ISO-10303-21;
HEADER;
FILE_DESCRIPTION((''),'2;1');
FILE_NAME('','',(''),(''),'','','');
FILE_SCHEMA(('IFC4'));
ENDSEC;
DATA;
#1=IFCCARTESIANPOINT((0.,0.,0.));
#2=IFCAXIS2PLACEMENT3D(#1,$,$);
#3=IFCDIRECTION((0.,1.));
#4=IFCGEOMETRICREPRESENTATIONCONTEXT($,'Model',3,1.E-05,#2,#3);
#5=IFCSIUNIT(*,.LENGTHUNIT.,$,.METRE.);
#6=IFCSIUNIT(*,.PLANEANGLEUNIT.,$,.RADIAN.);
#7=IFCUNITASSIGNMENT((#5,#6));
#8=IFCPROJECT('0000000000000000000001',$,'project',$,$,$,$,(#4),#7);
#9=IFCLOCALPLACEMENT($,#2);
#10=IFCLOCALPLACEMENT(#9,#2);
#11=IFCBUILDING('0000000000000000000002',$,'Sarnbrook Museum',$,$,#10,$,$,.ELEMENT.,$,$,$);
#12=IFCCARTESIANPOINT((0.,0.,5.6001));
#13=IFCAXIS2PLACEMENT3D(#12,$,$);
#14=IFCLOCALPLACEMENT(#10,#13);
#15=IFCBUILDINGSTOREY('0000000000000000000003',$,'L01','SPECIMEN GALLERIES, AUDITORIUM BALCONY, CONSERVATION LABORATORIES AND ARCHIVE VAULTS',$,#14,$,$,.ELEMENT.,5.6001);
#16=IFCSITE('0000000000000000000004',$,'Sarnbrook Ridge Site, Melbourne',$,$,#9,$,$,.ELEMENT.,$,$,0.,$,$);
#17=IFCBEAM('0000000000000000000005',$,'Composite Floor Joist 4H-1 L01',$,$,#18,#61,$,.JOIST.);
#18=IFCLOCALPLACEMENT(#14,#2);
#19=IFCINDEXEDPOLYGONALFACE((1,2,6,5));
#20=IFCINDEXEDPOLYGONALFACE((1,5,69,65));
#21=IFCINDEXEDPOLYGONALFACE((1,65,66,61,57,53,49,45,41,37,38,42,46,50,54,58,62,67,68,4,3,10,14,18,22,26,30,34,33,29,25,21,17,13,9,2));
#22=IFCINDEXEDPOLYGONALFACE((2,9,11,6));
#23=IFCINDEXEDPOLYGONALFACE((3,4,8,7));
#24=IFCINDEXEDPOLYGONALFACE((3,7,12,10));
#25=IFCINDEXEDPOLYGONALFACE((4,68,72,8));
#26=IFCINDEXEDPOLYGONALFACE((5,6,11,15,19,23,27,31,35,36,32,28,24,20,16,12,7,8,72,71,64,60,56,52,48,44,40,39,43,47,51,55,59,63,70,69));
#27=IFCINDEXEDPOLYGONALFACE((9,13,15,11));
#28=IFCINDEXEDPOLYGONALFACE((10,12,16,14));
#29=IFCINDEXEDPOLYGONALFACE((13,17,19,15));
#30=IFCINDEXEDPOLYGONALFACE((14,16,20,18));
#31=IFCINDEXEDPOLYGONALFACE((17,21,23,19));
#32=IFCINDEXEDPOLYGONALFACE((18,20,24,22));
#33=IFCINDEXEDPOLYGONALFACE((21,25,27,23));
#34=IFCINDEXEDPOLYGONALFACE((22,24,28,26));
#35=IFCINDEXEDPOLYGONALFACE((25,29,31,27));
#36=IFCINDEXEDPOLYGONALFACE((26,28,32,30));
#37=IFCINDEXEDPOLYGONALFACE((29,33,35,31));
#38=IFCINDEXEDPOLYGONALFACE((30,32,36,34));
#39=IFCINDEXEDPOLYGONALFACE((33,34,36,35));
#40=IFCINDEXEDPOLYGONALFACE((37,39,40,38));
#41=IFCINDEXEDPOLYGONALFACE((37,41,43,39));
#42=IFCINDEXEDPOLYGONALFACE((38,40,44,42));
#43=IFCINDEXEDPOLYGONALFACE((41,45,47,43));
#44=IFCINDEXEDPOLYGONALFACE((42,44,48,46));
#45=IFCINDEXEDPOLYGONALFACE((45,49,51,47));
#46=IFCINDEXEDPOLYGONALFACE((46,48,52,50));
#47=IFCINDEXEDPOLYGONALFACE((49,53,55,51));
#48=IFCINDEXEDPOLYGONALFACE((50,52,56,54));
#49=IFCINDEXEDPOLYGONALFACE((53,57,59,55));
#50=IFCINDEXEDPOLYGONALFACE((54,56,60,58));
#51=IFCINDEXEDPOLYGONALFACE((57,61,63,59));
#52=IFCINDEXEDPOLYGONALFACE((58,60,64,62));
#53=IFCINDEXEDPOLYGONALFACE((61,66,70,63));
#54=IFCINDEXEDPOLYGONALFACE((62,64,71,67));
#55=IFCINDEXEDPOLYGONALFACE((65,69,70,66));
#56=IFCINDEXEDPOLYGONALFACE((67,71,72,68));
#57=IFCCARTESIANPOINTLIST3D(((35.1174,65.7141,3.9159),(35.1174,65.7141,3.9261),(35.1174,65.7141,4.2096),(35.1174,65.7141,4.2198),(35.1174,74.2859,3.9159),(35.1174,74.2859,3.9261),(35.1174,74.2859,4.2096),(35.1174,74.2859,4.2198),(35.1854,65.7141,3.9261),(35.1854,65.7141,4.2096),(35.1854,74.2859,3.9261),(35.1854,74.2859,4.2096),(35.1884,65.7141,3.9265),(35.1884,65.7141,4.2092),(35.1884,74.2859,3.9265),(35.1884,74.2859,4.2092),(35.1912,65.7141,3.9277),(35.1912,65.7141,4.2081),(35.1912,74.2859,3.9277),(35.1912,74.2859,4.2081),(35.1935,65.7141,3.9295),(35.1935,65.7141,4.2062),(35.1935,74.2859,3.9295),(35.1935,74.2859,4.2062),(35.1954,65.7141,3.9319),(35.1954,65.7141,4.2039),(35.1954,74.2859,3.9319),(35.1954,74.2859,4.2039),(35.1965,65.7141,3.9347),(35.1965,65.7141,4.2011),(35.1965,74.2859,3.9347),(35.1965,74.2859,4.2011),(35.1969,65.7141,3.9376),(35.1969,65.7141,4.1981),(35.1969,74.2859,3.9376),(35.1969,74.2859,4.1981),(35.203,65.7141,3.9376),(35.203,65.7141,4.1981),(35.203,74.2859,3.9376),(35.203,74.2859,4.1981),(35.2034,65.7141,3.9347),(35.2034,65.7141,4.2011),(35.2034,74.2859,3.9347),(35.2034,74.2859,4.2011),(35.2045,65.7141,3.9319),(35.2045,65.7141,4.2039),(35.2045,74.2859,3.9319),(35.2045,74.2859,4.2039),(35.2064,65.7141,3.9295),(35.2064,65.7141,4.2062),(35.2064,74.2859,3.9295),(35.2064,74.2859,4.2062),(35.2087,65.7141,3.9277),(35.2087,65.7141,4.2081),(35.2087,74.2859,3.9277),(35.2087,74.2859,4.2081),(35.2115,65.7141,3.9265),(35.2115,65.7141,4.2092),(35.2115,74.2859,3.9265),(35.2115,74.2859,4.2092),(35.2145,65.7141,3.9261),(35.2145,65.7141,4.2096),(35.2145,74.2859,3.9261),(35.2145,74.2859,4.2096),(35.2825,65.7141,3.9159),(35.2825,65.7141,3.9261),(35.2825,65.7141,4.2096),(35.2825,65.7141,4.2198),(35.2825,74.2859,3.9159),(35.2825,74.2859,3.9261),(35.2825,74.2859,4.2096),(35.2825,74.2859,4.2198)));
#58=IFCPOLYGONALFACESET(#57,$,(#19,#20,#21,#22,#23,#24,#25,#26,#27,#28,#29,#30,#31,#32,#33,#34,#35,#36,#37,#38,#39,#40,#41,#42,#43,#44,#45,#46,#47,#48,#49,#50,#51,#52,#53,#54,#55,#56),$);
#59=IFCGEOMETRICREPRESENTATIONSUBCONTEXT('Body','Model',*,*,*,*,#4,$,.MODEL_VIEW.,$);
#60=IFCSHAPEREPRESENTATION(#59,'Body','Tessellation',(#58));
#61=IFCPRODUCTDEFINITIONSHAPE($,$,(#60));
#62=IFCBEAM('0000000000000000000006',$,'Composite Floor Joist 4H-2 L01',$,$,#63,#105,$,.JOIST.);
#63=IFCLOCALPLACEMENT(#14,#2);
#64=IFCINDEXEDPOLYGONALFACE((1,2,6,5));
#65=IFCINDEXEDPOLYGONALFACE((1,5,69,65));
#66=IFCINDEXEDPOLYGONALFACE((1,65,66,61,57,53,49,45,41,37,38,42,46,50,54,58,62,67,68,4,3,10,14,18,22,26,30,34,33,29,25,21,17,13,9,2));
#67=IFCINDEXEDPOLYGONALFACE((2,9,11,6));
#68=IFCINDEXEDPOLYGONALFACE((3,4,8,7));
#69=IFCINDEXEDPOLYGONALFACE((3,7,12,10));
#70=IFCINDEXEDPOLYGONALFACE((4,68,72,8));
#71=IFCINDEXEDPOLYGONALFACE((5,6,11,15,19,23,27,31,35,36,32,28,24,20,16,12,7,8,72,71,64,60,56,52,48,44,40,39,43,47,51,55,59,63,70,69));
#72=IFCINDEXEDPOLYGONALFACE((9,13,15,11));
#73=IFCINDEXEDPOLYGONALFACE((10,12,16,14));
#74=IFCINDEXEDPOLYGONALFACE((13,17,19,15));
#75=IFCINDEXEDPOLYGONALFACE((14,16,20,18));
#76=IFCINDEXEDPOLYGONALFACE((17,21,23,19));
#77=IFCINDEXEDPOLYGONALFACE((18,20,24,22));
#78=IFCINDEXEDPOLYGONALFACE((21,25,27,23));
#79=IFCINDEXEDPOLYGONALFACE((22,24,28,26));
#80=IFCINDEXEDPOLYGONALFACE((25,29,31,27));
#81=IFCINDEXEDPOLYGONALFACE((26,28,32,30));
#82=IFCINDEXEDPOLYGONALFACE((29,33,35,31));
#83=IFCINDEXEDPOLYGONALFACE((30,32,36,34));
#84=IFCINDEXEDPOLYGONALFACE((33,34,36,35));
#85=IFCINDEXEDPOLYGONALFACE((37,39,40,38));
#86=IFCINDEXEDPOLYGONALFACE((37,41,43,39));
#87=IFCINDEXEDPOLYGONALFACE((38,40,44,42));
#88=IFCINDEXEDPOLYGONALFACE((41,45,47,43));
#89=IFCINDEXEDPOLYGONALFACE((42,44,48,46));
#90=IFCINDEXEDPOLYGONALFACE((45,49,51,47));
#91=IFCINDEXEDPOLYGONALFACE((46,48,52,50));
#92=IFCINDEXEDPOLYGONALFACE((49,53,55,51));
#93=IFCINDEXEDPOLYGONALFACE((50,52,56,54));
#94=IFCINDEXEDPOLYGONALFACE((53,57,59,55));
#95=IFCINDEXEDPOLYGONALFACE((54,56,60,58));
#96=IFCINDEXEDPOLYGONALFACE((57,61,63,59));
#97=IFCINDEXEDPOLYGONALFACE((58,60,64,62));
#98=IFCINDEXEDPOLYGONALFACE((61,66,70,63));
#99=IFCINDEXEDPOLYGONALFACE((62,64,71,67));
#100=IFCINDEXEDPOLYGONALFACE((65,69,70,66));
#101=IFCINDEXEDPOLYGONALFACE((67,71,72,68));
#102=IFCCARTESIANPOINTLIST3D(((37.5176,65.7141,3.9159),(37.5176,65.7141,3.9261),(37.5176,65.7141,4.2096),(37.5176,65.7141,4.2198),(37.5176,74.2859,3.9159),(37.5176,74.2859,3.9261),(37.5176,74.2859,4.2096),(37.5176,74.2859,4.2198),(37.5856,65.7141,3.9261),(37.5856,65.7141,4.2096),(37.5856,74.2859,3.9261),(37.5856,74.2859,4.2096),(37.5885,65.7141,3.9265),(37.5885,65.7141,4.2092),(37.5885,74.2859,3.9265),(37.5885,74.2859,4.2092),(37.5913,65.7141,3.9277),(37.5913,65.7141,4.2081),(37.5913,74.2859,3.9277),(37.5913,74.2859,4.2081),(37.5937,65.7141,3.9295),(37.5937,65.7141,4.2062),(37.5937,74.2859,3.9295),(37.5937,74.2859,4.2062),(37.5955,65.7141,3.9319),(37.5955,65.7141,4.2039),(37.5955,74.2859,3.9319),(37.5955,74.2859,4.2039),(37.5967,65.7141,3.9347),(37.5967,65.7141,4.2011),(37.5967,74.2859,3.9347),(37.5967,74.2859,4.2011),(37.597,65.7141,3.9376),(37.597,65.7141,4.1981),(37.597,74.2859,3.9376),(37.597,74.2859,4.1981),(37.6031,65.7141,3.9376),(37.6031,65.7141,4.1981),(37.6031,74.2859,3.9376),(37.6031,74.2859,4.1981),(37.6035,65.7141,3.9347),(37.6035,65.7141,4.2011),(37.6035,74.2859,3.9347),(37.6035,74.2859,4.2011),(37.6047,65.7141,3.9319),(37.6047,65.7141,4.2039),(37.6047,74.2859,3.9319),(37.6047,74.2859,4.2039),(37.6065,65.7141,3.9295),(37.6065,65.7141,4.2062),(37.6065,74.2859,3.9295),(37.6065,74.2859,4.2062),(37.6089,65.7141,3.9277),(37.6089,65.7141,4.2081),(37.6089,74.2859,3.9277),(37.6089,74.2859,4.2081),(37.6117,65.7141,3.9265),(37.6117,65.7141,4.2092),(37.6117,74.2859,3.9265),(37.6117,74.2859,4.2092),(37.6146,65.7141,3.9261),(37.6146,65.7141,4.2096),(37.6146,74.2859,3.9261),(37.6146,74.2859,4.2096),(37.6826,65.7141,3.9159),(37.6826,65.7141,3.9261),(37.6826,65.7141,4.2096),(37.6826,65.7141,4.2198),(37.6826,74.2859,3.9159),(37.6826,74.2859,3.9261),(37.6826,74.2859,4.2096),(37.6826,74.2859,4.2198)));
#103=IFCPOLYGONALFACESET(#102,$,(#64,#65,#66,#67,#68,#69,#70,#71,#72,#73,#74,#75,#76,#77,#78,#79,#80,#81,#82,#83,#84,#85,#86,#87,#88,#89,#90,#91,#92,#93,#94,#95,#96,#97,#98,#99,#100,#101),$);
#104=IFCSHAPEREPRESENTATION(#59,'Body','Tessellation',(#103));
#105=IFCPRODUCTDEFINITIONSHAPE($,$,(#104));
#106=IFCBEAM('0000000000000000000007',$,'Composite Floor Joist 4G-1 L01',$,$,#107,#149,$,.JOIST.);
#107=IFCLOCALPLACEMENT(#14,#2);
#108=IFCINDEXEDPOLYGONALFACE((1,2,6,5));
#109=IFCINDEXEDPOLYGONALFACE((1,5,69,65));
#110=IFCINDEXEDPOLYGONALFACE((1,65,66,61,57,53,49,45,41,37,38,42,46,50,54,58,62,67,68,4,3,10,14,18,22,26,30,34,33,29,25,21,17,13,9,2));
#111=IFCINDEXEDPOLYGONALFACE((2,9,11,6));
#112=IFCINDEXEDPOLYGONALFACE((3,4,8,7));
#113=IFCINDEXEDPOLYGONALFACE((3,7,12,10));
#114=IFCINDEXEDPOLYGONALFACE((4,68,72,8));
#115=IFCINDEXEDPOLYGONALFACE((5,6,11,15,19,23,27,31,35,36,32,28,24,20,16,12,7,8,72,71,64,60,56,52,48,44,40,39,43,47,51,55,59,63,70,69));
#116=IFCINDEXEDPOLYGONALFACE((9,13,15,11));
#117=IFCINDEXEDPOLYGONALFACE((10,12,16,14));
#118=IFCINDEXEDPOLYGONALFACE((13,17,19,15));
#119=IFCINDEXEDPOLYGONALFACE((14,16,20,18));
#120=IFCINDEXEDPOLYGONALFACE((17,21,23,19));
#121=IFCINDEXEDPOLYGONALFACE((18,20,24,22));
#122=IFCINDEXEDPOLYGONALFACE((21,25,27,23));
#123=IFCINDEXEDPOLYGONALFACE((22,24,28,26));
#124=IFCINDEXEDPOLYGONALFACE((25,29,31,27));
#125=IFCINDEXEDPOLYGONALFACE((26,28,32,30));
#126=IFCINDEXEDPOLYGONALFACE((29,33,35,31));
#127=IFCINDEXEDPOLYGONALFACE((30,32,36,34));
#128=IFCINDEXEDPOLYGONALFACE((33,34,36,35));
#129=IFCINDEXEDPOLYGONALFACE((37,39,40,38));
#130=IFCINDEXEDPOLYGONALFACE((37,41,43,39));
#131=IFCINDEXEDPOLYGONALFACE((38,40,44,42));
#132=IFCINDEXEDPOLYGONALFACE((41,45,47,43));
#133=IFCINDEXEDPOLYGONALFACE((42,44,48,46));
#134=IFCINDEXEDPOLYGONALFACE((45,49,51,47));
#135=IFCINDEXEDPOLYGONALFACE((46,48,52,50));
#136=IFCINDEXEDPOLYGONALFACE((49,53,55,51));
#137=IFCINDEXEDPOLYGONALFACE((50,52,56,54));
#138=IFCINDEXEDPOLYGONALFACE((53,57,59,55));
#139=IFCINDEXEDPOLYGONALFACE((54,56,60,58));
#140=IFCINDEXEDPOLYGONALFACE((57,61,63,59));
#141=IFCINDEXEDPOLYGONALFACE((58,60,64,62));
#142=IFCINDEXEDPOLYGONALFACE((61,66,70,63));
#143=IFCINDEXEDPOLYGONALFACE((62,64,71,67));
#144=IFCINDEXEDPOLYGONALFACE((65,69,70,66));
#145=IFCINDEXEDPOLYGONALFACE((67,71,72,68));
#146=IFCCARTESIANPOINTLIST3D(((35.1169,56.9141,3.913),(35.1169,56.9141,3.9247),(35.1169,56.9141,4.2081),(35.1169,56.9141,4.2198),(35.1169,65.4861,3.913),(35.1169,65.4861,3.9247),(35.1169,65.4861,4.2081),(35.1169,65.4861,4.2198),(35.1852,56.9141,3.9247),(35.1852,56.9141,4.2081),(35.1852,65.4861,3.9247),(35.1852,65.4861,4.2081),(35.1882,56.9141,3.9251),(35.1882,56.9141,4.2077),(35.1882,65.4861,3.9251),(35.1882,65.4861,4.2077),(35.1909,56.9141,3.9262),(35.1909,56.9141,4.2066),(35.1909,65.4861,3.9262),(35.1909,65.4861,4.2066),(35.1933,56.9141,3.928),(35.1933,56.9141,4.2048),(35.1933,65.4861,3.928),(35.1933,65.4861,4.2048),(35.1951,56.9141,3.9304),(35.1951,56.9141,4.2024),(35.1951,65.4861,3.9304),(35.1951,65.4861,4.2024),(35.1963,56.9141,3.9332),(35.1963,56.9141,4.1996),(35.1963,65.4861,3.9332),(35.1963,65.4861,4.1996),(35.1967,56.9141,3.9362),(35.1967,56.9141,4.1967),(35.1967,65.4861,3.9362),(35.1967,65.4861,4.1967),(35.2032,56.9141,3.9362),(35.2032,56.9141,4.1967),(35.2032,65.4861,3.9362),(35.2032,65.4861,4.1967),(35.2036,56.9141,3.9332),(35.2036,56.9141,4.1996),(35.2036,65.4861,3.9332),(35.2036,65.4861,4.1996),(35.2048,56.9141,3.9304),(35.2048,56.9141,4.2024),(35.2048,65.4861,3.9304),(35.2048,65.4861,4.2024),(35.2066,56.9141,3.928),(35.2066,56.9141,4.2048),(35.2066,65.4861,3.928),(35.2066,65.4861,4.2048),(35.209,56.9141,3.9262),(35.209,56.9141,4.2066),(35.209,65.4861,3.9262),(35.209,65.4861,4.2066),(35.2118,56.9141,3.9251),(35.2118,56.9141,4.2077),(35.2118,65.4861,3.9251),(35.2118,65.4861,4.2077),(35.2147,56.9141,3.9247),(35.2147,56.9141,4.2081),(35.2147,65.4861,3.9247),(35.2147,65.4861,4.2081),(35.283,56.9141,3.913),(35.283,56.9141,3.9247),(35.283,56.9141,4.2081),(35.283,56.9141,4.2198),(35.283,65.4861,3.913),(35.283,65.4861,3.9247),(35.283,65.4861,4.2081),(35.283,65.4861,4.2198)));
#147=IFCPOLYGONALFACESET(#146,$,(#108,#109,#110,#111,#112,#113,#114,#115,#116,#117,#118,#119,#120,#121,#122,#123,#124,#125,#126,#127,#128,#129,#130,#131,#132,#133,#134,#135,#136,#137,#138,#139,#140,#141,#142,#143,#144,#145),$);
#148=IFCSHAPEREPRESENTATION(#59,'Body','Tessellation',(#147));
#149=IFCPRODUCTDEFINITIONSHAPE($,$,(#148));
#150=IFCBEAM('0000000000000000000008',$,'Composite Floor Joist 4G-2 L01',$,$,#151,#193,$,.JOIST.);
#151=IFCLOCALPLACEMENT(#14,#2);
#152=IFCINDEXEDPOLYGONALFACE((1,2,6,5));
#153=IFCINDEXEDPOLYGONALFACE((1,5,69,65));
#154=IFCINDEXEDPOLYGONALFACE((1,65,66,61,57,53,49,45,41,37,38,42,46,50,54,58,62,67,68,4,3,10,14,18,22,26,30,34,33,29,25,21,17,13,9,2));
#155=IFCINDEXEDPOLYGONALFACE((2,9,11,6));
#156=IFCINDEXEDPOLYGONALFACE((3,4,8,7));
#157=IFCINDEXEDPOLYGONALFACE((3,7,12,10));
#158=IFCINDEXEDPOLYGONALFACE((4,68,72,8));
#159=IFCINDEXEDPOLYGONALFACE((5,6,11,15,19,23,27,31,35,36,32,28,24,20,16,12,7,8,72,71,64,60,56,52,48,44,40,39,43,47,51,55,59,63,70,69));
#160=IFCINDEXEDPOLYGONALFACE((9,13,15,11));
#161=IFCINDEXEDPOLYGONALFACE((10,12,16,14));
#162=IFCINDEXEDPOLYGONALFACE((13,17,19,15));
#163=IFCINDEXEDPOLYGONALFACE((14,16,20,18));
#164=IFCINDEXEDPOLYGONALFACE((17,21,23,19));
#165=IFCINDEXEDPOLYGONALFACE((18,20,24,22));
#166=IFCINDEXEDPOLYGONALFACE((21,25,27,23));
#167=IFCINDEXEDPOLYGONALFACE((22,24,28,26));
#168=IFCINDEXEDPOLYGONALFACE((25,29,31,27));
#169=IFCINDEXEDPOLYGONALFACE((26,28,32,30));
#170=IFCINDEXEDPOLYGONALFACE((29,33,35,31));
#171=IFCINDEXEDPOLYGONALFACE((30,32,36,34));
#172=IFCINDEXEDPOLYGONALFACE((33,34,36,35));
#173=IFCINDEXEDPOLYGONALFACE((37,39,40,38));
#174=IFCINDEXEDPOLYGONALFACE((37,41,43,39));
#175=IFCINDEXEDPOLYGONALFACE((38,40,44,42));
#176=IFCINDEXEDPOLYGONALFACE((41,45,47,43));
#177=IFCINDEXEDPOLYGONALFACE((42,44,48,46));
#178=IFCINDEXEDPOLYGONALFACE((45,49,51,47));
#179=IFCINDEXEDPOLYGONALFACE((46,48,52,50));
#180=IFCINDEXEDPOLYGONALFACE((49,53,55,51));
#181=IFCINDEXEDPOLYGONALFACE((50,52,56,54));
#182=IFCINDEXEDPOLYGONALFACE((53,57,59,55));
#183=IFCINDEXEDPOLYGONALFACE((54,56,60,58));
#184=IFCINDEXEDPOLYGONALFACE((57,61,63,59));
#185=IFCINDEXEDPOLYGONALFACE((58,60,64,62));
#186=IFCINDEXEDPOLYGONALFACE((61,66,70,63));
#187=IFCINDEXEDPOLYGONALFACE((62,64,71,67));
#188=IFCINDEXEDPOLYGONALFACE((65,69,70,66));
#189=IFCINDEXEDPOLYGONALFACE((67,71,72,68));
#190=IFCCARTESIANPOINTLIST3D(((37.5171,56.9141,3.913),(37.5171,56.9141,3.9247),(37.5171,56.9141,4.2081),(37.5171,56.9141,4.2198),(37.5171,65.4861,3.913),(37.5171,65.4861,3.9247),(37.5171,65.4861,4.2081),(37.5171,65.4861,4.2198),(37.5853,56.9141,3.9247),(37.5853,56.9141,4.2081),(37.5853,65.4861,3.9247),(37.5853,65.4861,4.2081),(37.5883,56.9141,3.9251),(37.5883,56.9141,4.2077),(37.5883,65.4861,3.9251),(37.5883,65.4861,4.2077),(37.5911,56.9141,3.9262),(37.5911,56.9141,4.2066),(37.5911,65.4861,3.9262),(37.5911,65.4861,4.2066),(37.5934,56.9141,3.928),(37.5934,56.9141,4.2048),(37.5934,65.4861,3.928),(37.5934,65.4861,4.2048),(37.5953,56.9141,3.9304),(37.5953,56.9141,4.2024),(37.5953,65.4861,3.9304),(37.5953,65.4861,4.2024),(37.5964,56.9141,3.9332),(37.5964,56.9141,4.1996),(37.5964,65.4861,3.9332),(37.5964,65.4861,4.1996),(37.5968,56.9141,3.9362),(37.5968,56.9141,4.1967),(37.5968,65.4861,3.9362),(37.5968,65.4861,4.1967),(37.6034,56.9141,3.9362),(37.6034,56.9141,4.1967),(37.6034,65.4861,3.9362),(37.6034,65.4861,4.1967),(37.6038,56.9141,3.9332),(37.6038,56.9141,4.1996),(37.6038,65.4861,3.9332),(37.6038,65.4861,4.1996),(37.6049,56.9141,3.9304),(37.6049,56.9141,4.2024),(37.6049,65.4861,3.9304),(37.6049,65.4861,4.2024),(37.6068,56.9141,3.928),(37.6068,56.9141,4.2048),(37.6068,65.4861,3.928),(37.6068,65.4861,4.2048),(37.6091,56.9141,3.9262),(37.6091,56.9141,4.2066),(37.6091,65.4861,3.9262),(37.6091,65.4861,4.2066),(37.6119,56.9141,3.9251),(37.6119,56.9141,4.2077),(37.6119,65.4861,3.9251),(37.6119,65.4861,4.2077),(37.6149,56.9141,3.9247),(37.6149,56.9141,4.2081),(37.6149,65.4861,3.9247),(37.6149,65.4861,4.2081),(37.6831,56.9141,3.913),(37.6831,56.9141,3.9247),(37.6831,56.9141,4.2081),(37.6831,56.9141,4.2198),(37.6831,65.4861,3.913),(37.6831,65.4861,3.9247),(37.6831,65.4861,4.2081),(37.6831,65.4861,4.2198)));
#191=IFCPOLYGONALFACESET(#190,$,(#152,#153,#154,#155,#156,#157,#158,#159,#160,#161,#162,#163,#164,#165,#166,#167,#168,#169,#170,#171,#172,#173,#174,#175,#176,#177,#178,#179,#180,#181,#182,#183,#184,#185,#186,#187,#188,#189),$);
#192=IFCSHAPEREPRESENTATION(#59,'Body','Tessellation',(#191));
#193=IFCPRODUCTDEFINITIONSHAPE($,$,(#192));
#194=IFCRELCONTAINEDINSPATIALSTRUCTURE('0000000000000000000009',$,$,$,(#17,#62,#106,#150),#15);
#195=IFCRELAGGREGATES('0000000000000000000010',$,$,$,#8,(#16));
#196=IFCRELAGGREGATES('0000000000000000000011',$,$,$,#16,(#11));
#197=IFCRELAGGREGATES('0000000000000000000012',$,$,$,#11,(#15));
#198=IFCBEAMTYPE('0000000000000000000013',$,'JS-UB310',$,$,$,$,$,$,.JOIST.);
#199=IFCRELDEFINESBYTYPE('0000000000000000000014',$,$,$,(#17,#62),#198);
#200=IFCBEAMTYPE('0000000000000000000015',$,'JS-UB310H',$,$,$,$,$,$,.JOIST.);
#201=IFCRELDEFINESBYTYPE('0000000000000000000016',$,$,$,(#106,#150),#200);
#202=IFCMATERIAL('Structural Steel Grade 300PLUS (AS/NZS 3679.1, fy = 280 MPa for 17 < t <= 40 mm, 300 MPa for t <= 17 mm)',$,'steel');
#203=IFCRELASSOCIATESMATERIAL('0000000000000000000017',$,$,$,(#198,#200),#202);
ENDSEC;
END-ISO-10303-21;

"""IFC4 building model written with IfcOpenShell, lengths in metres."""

from ifc_helpers import new_model, si_unit, direction, frame, origin, origin_2d, place, context, subcontext, project, spatial, i_section, extrude, material, material_profile, profile_set, type_object, element, save


model = new_model("IFC4")

# Units and contexts
model_context = context("Model", 3, precision=1e-05, world=origin(), true_north=direction((0.0, 1.0)))
body_context = subcontext(model_context, "Body", "Model", "MODEL_VIEW")
ifc_project = project(units=[si_unit("LENGTHUNIT", "METRE"), si_unit("PLANEANGLEUNIT", "RADIAN")], contexts=[model_context])

# Site, building, storey
site_placement = place(None, origin())
site = spatial("IfcSite", under=ifc_project, at=site_placement, Name="Sarnbrook Ridge Site, Melbourne", CompositionType="ELEMENT", RefElevation=0.0)
building_placement = place(site_placement, origin())
building = spatial("IfcBuilding", under=site, at=building_placement, Name="Sarnbrook Museum", CompositionType="ELEMENT")
storey_placement = place(building_placement, frame((0.0, 0.0, 5.6001)))
storey = spatial("IfcBuildingStorey", under=building, at=storey_placement, Name="L01", Description="SPECIMEN GALLERIES, AUDITORIUM BALCONY, CONSERVATION LABORATORIES AND ARCHIVE VAULTS", CompositionType="ELEMENT", Elevation=5.6001)

# Shared definitions
ifc_material_1 = material(Name="Structural Steel Grade 300PLUS (AS/NZS 3679.1, fy = 280 MPa for 17 < t <= 40 mm, 300 MPa for t <= 17 mm)", Category="steel")

# Beams
ifc_material_profile_1 = material_profile(ifc_material_1, i_section(OverallWidth=0.165, OverallDepth=0.304, WebThickness=0.0061, FlangeThickness=0.0103, FilletRadius=0.0115, at=origin_2d()), Name="310UB40.4")
ifc_profile_set_1 = profile_set([ifc_material_profile_1], Name="Structural Steel Grade 300PLUS (AS/NZS 3679.1, fy = 280 MPa for 17 < t <= 40 mm, 300 MPa for t <= 17 mm)")
beam_type_1 = type_object("IfcBeamType", Name="JS-UB310", PredefinedType="JOIST", material=ifc_profile_set_1)
for number, where, z_axis, x_axis, name in (
    (1, (35.2, 65.7141, 4.0679), (0.0, 1.0, 0.0), (-1.0, 0.0, 0.0), "Composite Floor Joist 4H-1 L01"),
    (2, (37.6001, 65.7141, 4.0679), (0.0, 1.0, 0.0), (-1.0, 0.0, 0.0), "Composite Floor Joist 4H-2 L01"),
):
    element("IfcBeam", number, at=place(storey_placement, frame(where, z_axis=z_axis, x_axis=x_axis)), inside=storey, type_object=beam_type_1, Name=name, PredefinedType="JOIST", context=body_context, shape_type="SweptSolid", body=[
        extrude(i_section(OverallWidth=0.165, OverallDepth=0.304, WebThickness=0.0061, FlangeThickness=0.0103, FilletRadius=0.0115, at=origin_2d()), origin(), (0.0, 0.0, 1.0), 8.5718),
    ])
ifc_material_profile_2 = material_profile(ifc_material_1, i_section(OverallWidth=0.166, OverallDepth=0.3069, WebThickness=0.0066, FlangeThickness=0.0117, FilletRadius=0.0115, at=origin_2d()), Name="310UB46.2")
ifc_profile_set_2 = profile_set([ifc_material_profile_2], Name="Structural Steel Grade 300PLUS (AS/NZS 3679.1, fy = 280 MPa for 17 < t <= 40 mm, 300 MPa for t <= 17 mm)")
beam_type_2 = type_object("IfcBeamType", Name="JS-UB310H", PredefinedType="JOIST", material=ifc_profile_set_2)
for number, where, z_axis, x_axis, name in (
    (3, (35.2, 56.9141, 4.0664), (0.0, 1.0, 0.0), (-1.0, 0.0, 0.0), "Composite Floor Joist 4G-1 L01"),
    (4, (37.6001, 56.9141, 4.0664), (0.0, 1.0, 0.0), (-1.0, 0.0, 0.0), "Composite Floor Joist 4G-2 L01"),
):
    element("IfcBeam", number, at=place(storey_placement, frame(where, z_axis=z_axis, x_axis=x_axis)), inside=storey, type_object=beam_type_2, Name=name, PredefinedType="JOIST", context=body_context, shape_type="SweptSolid", body=[
        extrude(i_section(OverallWidth=0.166, OverallDepth=0.3069, WebThickness=0.0066, FlangeThickness=0.0117, FilletRadius=0.0115, at=origin_2d()), origin(), (0.0, 0.0, 1.0), 8.572),
    ])

save(model, "model.ifc")
